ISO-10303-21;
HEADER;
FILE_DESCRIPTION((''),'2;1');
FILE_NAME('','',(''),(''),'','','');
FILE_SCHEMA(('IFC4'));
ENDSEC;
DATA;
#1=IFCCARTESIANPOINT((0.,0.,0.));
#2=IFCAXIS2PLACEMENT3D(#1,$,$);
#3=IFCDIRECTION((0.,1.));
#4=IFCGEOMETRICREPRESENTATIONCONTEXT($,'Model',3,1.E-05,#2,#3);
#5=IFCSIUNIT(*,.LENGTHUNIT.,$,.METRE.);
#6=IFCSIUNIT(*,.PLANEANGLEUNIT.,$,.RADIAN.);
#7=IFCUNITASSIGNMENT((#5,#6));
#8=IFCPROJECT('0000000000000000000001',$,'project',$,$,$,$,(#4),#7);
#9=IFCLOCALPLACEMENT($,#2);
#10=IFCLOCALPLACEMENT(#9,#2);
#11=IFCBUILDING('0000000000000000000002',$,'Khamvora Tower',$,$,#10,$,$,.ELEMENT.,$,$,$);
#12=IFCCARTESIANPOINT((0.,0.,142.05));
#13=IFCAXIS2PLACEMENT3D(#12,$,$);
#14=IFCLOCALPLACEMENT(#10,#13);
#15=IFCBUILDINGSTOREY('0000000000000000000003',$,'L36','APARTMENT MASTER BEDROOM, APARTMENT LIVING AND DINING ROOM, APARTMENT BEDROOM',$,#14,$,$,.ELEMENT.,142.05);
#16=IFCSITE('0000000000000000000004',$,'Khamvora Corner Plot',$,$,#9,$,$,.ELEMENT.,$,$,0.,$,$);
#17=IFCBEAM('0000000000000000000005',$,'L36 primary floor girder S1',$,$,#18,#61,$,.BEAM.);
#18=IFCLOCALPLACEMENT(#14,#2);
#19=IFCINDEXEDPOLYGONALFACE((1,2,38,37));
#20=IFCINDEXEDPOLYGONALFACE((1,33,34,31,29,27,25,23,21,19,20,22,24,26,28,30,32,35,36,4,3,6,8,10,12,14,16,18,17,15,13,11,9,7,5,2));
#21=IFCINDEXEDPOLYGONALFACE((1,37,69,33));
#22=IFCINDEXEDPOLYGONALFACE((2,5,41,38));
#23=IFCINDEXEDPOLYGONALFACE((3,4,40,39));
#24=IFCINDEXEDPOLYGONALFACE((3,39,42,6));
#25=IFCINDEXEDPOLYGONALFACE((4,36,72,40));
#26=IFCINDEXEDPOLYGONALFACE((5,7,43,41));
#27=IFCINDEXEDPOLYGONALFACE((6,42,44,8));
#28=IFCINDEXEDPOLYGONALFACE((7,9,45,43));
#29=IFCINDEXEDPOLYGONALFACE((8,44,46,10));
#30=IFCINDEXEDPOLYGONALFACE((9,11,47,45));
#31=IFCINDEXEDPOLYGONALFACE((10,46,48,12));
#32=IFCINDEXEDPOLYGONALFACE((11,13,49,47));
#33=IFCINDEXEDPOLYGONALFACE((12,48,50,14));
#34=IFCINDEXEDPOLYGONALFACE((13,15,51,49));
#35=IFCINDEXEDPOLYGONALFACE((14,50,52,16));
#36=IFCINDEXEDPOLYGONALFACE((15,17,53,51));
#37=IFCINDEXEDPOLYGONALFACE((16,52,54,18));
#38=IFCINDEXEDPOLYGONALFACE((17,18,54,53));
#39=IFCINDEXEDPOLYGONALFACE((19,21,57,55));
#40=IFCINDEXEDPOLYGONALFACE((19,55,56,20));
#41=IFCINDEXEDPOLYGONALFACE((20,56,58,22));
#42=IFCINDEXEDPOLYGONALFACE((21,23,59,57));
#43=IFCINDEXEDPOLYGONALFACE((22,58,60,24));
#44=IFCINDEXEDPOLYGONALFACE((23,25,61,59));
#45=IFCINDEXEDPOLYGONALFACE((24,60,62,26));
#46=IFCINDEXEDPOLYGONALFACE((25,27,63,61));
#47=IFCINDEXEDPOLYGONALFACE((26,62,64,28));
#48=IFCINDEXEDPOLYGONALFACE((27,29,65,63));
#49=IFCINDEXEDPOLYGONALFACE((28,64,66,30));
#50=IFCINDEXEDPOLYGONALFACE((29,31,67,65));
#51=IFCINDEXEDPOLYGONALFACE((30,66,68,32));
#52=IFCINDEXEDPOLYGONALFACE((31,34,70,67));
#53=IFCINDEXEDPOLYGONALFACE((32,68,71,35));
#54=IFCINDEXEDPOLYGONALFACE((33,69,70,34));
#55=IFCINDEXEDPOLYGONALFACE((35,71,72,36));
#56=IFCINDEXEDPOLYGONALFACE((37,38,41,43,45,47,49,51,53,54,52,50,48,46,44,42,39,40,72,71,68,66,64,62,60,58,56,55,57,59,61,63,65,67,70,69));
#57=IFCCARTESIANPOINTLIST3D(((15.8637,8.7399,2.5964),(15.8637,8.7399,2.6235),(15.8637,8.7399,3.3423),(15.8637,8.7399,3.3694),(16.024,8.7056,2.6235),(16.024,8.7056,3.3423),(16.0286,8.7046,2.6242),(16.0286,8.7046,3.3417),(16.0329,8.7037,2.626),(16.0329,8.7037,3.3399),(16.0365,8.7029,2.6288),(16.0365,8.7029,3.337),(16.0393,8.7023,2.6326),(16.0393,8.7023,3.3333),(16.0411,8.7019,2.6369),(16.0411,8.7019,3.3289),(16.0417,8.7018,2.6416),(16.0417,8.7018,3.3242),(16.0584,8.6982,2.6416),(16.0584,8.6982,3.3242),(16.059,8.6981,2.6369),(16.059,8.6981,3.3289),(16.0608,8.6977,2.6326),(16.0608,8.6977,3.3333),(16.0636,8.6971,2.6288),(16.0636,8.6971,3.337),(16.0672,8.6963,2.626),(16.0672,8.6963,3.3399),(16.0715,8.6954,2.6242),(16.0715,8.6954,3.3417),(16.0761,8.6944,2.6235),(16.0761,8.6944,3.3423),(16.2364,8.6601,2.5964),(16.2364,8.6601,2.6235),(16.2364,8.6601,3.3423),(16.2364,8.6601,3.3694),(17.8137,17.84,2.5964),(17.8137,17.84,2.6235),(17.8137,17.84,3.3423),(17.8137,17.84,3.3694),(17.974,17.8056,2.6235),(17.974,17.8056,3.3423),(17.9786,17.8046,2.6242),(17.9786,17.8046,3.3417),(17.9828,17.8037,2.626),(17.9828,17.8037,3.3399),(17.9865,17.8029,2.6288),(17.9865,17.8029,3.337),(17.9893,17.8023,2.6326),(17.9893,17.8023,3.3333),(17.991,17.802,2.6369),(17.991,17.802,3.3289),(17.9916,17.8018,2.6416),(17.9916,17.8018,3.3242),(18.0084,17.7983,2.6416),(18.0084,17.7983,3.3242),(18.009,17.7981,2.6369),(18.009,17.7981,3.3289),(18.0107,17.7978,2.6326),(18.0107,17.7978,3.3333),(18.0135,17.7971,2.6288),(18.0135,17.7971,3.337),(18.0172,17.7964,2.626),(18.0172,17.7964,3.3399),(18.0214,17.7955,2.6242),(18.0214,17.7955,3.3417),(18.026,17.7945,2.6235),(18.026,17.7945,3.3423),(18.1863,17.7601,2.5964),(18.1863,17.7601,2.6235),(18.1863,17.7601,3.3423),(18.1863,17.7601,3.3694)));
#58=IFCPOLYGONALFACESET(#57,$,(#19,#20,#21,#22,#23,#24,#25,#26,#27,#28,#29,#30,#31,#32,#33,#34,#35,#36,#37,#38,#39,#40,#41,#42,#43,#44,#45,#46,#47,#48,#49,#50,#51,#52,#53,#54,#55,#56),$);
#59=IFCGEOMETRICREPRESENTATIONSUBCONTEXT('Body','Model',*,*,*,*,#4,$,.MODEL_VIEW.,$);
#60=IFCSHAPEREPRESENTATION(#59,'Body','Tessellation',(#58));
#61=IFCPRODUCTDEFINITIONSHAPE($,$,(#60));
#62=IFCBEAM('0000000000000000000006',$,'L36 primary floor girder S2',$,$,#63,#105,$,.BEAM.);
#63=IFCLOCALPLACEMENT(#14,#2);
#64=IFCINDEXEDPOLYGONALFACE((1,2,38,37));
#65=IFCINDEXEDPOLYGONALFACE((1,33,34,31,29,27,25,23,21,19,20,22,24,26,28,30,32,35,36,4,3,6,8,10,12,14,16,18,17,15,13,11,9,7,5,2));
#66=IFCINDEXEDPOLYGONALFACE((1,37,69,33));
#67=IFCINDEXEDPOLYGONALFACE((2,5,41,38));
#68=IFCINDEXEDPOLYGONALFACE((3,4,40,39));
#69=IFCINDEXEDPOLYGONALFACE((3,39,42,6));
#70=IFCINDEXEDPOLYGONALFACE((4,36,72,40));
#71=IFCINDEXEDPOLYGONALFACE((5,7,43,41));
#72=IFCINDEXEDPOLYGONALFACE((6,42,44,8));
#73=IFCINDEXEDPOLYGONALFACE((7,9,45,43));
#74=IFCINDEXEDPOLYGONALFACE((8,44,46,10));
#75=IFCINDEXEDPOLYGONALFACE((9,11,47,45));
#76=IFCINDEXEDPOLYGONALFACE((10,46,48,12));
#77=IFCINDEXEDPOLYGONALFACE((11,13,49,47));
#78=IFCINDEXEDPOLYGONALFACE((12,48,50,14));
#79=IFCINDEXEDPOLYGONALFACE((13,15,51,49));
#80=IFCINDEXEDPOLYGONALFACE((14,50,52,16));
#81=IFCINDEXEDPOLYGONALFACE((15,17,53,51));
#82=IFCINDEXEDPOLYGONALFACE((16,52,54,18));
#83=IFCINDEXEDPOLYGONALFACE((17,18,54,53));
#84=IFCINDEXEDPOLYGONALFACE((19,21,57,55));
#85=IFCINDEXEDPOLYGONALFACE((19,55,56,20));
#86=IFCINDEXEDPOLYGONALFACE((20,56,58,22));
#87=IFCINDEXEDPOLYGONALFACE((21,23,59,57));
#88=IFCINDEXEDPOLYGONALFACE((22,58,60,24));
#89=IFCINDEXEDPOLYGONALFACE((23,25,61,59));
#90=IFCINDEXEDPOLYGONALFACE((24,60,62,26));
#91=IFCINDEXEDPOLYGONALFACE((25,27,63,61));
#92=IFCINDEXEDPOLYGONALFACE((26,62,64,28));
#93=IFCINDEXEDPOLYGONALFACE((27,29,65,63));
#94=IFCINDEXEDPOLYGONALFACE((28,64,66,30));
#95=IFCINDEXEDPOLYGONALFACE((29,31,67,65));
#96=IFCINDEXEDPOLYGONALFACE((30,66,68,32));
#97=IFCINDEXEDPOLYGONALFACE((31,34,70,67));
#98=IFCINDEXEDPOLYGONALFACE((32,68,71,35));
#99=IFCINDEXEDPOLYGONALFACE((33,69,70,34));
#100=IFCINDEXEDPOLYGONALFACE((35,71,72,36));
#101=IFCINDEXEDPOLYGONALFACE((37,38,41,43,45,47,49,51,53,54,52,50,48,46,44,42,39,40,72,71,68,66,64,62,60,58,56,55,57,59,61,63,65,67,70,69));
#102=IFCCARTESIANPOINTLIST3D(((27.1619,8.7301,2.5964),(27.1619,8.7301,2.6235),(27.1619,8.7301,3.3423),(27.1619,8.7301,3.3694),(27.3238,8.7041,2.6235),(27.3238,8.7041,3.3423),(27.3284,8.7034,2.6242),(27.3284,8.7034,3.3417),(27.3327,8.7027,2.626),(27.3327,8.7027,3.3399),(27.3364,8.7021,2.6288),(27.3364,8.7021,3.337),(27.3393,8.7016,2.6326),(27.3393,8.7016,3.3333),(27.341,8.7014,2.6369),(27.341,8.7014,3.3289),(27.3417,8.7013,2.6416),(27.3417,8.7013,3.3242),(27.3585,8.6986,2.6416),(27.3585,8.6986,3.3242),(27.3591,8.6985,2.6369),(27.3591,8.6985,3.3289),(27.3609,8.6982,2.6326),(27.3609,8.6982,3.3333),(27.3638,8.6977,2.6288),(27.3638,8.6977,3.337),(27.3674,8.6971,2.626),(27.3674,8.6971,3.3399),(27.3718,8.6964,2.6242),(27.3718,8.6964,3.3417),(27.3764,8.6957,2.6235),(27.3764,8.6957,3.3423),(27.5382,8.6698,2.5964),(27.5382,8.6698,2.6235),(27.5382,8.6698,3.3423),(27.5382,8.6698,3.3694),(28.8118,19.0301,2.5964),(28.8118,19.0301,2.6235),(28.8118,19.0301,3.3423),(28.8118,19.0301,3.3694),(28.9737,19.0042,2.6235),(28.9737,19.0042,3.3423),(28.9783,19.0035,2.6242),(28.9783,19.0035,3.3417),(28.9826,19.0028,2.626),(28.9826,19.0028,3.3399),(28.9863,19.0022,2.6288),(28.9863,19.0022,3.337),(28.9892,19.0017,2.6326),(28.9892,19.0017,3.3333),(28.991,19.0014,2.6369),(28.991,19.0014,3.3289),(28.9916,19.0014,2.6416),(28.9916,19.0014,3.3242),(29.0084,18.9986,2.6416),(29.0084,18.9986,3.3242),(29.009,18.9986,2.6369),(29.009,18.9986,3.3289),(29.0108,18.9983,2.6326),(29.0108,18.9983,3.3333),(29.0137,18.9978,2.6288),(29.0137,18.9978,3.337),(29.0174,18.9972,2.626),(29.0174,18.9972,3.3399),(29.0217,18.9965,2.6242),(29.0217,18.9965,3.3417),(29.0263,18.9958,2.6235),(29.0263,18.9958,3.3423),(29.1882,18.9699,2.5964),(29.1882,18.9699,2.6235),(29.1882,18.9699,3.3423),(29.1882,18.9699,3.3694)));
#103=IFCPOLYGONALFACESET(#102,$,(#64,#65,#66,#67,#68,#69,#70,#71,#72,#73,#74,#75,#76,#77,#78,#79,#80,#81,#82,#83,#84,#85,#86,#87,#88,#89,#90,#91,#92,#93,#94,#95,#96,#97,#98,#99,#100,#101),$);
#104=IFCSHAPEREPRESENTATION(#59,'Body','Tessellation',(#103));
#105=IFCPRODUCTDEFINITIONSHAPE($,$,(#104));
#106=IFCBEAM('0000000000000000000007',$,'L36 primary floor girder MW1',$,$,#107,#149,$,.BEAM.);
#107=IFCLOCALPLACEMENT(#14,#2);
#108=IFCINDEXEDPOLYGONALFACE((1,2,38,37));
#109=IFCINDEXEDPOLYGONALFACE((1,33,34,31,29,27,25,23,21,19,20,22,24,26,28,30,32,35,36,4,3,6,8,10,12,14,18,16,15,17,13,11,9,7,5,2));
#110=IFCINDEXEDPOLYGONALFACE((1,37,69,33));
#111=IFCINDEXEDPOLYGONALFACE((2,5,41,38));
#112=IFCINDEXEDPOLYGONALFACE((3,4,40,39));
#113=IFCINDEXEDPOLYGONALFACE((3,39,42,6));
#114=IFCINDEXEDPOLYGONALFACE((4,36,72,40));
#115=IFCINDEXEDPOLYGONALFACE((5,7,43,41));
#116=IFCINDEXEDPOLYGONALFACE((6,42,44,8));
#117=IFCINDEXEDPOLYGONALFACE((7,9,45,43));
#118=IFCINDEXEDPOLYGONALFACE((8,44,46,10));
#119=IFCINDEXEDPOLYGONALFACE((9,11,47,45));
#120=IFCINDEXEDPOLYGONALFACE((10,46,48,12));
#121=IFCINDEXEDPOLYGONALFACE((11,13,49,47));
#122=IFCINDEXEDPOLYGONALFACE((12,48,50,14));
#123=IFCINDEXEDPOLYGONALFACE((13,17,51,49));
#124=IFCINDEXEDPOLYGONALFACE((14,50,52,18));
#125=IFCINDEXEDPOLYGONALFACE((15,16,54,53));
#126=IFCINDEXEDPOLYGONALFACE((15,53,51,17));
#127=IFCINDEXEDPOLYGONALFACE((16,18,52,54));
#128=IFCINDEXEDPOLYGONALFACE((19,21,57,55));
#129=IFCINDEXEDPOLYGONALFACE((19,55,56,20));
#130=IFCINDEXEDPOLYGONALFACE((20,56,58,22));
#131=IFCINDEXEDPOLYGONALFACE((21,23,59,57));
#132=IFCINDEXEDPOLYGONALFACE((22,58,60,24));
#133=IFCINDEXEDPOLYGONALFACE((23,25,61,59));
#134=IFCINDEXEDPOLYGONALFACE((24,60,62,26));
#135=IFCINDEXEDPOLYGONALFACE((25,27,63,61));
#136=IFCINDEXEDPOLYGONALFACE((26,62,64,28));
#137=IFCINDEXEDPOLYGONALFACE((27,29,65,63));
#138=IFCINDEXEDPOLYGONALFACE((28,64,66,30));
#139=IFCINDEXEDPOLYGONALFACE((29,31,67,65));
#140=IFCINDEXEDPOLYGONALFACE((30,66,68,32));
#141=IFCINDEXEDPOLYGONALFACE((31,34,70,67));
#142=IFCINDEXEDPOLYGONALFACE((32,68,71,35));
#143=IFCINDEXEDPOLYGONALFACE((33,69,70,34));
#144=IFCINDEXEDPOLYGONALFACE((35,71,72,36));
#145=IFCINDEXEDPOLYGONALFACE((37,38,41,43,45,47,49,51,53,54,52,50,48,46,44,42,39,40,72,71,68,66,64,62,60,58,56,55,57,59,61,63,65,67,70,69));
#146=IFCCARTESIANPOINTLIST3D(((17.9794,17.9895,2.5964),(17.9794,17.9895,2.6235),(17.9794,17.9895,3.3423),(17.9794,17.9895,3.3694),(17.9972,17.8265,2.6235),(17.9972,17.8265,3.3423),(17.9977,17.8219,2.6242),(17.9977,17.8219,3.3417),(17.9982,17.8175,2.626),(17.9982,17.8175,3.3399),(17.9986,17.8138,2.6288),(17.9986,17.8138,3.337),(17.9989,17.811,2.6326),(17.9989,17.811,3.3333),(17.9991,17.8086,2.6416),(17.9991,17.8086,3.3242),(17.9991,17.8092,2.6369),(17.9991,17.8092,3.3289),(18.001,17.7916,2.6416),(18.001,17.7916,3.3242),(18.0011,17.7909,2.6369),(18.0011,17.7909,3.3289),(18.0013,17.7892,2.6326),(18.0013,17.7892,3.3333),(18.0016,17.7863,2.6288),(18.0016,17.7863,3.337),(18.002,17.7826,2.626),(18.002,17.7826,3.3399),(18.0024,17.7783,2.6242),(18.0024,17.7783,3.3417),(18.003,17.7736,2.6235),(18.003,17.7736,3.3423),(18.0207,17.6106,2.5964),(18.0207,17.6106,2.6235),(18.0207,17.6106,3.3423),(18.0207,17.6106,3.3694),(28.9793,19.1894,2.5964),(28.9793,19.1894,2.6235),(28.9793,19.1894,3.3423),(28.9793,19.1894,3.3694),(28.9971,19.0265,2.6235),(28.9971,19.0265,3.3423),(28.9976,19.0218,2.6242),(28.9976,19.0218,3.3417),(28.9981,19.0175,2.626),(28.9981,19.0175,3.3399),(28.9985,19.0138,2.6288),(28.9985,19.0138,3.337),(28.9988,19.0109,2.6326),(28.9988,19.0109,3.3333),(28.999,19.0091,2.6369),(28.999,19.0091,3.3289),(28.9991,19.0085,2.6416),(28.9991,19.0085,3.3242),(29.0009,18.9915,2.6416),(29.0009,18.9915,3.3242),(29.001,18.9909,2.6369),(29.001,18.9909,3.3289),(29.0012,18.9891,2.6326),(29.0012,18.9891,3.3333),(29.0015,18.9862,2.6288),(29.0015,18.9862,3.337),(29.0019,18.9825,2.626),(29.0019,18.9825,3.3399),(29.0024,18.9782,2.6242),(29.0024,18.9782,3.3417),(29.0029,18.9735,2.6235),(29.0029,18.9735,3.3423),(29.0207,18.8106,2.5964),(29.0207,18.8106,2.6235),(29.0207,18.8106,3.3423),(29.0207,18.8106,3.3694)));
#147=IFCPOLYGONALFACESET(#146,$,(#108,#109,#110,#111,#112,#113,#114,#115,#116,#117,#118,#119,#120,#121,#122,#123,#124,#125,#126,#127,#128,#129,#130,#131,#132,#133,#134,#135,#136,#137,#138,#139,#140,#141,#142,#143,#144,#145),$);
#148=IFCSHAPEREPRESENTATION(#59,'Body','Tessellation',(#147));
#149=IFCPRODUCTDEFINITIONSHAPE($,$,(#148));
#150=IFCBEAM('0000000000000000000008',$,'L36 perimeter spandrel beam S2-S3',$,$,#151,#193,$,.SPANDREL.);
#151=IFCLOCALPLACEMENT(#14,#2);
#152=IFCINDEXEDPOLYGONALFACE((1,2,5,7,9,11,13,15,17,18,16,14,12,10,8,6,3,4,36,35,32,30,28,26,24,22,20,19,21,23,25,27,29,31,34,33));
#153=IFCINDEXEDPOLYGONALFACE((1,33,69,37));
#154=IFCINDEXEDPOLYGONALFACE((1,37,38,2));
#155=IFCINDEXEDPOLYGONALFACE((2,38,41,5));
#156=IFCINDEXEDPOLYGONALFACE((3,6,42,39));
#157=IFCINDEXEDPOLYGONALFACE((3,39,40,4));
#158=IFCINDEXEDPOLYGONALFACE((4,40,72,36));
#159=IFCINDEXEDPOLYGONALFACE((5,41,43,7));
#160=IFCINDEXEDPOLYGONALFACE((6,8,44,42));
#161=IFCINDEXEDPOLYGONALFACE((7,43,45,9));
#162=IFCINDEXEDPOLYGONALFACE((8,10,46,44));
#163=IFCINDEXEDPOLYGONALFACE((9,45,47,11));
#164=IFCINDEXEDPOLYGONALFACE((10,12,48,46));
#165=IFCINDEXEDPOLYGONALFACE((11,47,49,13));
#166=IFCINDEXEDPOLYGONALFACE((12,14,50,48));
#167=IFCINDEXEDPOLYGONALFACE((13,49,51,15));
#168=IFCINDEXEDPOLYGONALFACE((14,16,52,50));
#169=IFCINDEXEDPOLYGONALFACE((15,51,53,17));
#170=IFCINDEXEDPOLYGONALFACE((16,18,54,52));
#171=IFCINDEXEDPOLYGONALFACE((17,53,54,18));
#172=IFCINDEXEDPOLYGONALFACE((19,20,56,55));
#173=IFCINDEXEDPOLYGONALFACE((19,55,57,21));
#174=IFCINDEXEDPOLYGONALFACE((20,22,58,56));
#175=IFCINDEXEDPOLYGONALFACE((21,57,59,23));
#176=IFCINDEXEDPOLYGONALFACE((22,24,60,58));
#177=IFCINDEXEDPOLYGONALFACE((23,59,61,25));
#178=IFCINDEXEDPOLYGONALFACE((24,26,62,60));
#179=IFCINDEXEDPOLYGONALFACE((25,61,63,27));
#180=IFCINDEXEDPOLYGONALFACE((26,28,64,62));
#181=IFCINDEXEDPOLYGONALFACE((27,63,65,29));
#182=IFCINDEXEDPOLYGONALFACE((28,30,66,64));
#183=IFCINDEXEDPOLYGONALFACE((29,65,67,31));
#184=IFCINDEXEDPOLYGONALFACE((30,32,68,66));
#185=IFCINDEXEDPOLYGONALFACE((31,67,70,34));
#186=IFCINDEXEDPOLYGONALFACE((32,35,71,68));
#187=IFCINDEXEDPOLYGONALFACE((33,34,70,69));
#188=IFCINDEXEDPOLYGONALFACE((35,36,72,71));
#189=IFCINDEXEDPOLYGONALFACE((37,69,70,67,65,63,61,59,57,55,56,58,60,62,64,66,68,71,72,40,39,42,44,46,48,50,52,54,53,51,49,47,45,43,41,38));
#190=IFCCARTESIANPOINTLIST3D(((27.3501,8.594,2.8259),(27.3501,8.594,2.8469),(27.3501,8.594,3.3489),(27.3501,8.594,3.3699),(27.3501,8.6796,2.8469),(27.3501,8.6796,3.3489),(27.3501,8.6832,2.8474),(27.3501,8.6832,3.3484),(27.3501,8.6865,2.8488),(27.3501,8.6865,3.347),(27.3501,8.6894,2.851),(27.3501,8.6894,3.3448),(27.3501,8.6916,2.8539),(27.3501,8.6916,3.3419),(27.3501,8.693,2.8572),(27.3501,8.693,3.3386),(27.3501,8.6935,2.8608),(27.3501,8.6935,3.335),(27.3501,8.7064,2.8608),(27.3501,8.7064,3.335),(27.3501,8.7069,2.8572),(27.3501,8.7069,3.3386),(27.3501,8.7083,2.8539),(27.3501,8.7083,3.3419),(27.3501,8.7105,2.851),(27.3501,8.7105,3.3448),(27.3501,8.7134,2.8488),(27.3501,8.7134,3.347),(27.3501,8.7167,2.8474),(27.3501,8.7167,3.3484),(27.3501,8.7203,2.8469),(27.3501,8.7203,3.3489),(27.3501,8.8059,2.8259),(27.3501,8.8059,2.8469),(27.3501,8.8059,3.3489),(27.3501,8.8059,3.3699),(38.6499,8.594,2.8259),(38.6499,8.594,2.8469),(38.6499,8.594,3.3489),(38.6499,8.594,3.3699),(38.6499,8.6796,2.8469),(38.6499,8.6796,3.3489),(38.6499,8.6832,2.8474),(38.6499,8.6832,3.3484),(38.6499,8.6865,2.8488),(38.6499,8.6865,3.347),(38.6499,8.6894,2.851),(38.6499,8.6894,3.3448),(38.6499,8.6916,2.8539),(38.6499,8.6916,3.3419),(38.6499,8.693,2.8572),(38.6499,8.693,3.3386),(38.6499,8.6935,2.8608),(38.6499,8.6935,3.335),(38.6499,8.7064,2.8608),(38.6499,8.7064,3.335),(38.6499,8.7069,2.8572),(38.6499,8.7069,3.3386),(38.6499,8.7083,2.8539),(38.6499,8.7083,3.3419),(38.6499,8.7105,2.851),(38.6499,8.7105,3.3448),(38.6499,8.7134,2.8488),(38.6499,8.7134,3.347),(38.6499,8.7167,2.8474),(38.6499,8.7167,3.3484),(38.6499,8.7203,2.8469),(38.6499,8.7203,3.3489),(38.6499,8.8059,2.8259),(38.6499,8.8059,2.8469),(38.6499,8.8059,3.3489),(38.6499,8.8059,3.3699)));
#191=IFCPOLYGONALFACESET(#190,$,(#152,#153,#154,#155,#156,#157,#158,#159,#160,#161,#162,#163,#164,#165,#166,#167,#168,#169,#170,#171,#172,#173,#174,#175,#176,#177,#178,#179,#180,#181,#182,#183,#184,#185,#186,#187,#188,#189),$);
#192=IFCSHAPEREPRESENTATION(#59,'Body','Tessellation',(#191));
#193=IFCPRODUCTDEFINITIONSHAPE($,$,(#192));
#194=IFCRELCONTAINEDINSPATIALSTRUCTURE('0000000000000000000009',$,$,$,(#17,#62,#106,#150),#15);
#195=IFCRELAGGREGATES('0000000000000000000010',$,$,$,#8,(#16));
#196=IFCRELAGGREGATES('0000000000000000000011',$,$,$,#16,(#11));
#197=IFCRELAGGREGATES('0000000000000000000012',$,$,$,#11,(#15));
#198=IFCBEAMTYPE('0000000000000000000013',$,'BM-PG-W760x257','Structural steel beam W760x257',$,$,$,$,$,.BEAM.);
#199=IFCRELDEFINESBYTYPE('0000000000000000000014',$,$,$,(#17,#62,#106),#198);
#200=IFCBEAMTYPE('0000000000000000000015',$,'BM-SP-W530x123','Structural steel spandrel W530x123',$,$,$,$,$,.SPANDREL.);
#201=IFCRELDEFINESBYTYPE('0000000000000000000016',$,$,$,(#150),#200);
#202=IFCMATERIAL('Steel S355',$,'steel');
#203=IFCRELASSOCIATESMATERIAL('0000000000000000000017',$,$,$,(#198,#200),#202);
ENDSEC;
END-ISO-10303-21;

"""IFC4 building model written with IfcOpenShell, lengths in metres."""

from ifc_helpers import new_model, si_unit, direction, frame, origin, origin_2d, place, context, subcontext, project, spatial, i_section, extrude, material, material_profile, profile_set, type_object, element, save


model = new_model("IFC4")

# Units and contexts
model_context = context("Model", 3, precision=1e-05, world=origin(), true_north=direction((0.0, 1.0)))
body_context = subcontext(model_context, "Body", "Model", "MODEL_VIEW")
ifc_project = project(units=[si_unit("LENGTHUNIT", "METRE"), si_unit("PLANEANGLEUNIT", "RADIAN")], contexts=[model_context])

# Site, building, storey
site_placement = place(None, origin())
site = spatial("IfcSite", under=ifc_project, at=site_placement, Name="Khamvora Corner Plot", CompositionType="ELEMENT", RefElevation=0.0)
building_placement = place(site_placement, origin())
building = spatial("IfcBuilding", under=site, at=building_placement, Name="Khamvora Tower", CompositionType="ELEMENT")
storey_placement = place(building_placement, frame((0.0, 0.0, 142.05)))
storey = spatial("IfcBuildingStorey", under=building, at=storey_placement, Name="L36", Description="APARTMENT MASTER BEDROOM, APARTMENT LIVING AND DINING ROOM, APARTMENT BEDROOM", CompositionType="ELEMENT", Elevation=142.05)

# Shared definitions
ifc_material_1 = material(Name="Steel S355", Category="steel")

# Beams
ifc_material_profile_1 = material_profile(ifc_material_1, i_section(OverallWidth=0.3811, OverallDepth=0.7729, WebThickness=0.0171, FlangeThickness=0.0271, FilletRadius=0.0181, at=origin_2d()), Name="W760x257")
ifc_profile_set_1 = profile_set([ifc_material_profile_1], Name="Steel S355")
beam_type_1 = type_object("IfcBeamType", Name="BM-PG-W760x257", Description="Structural steel beam W760x257", PredefinedType="BEAM", material=ifc_profile_set_1)
beam_1_placement = place(storey_placement, frame((18.0, 17.8, 2.9829), z_axis=(-0.209522, -0.977804, 0.0), x_axis=(0.977804, -0.209522, 0.0)))
element("IfcBeam", 1, at=beam_1_placement, inside=storey, type_object=beam_type_1, Name="L36 primary floor girder S1", PredefinedType="BEAM", context=body_context, shape_type="SweptSolid", body=[
    extrude(i_section(OverallWidth=0.3811, OverallDepth=0.7729, WebThickness=0.0171, FlangeThickness=0.0271, FilletRadius=0.0181, at=origin_2d()), origin(), (0.0, 0.0, 1.0), 9.3066),
])
beam_2_placement = place(storey_placement, frame((29.0, 19.0, 2.9829), z_axis=(-0.158168, -0.987412, 0.0), x_axis=(0.987412, -0.158168, 0.0)))
element("IfcBeam", 2, at=beam_2_placement, inside=storey, type_object=beam_type_1, Name="L36 primary floor girder S2", PredefinedType="BEAM", context=body_context, shape_type="SweptSolid", body=[
    extrude(i_section(OverallWidth=0.3811, OverallDepth=0.7729, WebThickness=0.0171, FlangeThickness=0.0271, FilletRadius=0.0181, at=origin_2d()), origin(), (0.0, 0.0, 1.0), 10.4314),
])
beam_3_placement = place(storey_placement, frame((29.0, 19.0, 2.9829), z_axis=(-0.994103, -0.108443, 0.0), x_axis=(0.108443, -0.994103, 0.0)))
element("IfcBeam", 3, at=beam_3_placement, inside=storey, type_object=beam_type_1, Name="L36 primary floor girder MW1", PredefinedType="BEAM", context=body_context, shape_type="SweptSolid", body=[
    extrude(i_section(OverallWidth=0.3811, OverallDepth=0.7729, WebThickness=0.0171, FlangeThickness=0.0271, FilletRadius=0.0181, at=origin_2d()), origin(), (0.0, 0.0, 1.0), 11.0652),
])
ifc_material_profile_2 = material_profile(ifc_material_1, i_section(OverallWidth=0.2119, OverallDepth=0.5439, WebThickness=0.0129, FlangeThickness=0.021, FilletRadius=0.0139, at=origin_2d()), Name="W530x123")
ifc_profile_set_2 = profile_set([ifc_material_profile_2], Name="Steel S355")
beam_type_2 = type_object("IfcBeamType", Name="BM-SP-W530x123", Description="Structural steel spandrel W530x123", PredefinedType="SPANDREL", material=ifc_profile_set_2)
beam_4_placement = place(storey_placement, frame((27.3501, 8.7, 3.0979), z_axis=(1.0, 0.0, 0.0), x_axis=(0.0, 1.0, 0.0)))
element("IfcBeam", 4, at=beam_4_placement, inside=storey, type_object=beam_type_2, Name="L36 perimeter spandrel beam S2-S3", PredefinedType="SPANDREL", context=body_context, shape_type="SweptSolid", body=[
    extrude(i_section(OverallWidth=0.2119, OverallDepth=0.5439, WebThickness=0.0129, FlangeThickness=0.021, FilletRadius=0.0139, at=origin_2d()), origin(), (0.0, 0.0, 1.0), 11.2998),
])

save(model, "model.ifc")
